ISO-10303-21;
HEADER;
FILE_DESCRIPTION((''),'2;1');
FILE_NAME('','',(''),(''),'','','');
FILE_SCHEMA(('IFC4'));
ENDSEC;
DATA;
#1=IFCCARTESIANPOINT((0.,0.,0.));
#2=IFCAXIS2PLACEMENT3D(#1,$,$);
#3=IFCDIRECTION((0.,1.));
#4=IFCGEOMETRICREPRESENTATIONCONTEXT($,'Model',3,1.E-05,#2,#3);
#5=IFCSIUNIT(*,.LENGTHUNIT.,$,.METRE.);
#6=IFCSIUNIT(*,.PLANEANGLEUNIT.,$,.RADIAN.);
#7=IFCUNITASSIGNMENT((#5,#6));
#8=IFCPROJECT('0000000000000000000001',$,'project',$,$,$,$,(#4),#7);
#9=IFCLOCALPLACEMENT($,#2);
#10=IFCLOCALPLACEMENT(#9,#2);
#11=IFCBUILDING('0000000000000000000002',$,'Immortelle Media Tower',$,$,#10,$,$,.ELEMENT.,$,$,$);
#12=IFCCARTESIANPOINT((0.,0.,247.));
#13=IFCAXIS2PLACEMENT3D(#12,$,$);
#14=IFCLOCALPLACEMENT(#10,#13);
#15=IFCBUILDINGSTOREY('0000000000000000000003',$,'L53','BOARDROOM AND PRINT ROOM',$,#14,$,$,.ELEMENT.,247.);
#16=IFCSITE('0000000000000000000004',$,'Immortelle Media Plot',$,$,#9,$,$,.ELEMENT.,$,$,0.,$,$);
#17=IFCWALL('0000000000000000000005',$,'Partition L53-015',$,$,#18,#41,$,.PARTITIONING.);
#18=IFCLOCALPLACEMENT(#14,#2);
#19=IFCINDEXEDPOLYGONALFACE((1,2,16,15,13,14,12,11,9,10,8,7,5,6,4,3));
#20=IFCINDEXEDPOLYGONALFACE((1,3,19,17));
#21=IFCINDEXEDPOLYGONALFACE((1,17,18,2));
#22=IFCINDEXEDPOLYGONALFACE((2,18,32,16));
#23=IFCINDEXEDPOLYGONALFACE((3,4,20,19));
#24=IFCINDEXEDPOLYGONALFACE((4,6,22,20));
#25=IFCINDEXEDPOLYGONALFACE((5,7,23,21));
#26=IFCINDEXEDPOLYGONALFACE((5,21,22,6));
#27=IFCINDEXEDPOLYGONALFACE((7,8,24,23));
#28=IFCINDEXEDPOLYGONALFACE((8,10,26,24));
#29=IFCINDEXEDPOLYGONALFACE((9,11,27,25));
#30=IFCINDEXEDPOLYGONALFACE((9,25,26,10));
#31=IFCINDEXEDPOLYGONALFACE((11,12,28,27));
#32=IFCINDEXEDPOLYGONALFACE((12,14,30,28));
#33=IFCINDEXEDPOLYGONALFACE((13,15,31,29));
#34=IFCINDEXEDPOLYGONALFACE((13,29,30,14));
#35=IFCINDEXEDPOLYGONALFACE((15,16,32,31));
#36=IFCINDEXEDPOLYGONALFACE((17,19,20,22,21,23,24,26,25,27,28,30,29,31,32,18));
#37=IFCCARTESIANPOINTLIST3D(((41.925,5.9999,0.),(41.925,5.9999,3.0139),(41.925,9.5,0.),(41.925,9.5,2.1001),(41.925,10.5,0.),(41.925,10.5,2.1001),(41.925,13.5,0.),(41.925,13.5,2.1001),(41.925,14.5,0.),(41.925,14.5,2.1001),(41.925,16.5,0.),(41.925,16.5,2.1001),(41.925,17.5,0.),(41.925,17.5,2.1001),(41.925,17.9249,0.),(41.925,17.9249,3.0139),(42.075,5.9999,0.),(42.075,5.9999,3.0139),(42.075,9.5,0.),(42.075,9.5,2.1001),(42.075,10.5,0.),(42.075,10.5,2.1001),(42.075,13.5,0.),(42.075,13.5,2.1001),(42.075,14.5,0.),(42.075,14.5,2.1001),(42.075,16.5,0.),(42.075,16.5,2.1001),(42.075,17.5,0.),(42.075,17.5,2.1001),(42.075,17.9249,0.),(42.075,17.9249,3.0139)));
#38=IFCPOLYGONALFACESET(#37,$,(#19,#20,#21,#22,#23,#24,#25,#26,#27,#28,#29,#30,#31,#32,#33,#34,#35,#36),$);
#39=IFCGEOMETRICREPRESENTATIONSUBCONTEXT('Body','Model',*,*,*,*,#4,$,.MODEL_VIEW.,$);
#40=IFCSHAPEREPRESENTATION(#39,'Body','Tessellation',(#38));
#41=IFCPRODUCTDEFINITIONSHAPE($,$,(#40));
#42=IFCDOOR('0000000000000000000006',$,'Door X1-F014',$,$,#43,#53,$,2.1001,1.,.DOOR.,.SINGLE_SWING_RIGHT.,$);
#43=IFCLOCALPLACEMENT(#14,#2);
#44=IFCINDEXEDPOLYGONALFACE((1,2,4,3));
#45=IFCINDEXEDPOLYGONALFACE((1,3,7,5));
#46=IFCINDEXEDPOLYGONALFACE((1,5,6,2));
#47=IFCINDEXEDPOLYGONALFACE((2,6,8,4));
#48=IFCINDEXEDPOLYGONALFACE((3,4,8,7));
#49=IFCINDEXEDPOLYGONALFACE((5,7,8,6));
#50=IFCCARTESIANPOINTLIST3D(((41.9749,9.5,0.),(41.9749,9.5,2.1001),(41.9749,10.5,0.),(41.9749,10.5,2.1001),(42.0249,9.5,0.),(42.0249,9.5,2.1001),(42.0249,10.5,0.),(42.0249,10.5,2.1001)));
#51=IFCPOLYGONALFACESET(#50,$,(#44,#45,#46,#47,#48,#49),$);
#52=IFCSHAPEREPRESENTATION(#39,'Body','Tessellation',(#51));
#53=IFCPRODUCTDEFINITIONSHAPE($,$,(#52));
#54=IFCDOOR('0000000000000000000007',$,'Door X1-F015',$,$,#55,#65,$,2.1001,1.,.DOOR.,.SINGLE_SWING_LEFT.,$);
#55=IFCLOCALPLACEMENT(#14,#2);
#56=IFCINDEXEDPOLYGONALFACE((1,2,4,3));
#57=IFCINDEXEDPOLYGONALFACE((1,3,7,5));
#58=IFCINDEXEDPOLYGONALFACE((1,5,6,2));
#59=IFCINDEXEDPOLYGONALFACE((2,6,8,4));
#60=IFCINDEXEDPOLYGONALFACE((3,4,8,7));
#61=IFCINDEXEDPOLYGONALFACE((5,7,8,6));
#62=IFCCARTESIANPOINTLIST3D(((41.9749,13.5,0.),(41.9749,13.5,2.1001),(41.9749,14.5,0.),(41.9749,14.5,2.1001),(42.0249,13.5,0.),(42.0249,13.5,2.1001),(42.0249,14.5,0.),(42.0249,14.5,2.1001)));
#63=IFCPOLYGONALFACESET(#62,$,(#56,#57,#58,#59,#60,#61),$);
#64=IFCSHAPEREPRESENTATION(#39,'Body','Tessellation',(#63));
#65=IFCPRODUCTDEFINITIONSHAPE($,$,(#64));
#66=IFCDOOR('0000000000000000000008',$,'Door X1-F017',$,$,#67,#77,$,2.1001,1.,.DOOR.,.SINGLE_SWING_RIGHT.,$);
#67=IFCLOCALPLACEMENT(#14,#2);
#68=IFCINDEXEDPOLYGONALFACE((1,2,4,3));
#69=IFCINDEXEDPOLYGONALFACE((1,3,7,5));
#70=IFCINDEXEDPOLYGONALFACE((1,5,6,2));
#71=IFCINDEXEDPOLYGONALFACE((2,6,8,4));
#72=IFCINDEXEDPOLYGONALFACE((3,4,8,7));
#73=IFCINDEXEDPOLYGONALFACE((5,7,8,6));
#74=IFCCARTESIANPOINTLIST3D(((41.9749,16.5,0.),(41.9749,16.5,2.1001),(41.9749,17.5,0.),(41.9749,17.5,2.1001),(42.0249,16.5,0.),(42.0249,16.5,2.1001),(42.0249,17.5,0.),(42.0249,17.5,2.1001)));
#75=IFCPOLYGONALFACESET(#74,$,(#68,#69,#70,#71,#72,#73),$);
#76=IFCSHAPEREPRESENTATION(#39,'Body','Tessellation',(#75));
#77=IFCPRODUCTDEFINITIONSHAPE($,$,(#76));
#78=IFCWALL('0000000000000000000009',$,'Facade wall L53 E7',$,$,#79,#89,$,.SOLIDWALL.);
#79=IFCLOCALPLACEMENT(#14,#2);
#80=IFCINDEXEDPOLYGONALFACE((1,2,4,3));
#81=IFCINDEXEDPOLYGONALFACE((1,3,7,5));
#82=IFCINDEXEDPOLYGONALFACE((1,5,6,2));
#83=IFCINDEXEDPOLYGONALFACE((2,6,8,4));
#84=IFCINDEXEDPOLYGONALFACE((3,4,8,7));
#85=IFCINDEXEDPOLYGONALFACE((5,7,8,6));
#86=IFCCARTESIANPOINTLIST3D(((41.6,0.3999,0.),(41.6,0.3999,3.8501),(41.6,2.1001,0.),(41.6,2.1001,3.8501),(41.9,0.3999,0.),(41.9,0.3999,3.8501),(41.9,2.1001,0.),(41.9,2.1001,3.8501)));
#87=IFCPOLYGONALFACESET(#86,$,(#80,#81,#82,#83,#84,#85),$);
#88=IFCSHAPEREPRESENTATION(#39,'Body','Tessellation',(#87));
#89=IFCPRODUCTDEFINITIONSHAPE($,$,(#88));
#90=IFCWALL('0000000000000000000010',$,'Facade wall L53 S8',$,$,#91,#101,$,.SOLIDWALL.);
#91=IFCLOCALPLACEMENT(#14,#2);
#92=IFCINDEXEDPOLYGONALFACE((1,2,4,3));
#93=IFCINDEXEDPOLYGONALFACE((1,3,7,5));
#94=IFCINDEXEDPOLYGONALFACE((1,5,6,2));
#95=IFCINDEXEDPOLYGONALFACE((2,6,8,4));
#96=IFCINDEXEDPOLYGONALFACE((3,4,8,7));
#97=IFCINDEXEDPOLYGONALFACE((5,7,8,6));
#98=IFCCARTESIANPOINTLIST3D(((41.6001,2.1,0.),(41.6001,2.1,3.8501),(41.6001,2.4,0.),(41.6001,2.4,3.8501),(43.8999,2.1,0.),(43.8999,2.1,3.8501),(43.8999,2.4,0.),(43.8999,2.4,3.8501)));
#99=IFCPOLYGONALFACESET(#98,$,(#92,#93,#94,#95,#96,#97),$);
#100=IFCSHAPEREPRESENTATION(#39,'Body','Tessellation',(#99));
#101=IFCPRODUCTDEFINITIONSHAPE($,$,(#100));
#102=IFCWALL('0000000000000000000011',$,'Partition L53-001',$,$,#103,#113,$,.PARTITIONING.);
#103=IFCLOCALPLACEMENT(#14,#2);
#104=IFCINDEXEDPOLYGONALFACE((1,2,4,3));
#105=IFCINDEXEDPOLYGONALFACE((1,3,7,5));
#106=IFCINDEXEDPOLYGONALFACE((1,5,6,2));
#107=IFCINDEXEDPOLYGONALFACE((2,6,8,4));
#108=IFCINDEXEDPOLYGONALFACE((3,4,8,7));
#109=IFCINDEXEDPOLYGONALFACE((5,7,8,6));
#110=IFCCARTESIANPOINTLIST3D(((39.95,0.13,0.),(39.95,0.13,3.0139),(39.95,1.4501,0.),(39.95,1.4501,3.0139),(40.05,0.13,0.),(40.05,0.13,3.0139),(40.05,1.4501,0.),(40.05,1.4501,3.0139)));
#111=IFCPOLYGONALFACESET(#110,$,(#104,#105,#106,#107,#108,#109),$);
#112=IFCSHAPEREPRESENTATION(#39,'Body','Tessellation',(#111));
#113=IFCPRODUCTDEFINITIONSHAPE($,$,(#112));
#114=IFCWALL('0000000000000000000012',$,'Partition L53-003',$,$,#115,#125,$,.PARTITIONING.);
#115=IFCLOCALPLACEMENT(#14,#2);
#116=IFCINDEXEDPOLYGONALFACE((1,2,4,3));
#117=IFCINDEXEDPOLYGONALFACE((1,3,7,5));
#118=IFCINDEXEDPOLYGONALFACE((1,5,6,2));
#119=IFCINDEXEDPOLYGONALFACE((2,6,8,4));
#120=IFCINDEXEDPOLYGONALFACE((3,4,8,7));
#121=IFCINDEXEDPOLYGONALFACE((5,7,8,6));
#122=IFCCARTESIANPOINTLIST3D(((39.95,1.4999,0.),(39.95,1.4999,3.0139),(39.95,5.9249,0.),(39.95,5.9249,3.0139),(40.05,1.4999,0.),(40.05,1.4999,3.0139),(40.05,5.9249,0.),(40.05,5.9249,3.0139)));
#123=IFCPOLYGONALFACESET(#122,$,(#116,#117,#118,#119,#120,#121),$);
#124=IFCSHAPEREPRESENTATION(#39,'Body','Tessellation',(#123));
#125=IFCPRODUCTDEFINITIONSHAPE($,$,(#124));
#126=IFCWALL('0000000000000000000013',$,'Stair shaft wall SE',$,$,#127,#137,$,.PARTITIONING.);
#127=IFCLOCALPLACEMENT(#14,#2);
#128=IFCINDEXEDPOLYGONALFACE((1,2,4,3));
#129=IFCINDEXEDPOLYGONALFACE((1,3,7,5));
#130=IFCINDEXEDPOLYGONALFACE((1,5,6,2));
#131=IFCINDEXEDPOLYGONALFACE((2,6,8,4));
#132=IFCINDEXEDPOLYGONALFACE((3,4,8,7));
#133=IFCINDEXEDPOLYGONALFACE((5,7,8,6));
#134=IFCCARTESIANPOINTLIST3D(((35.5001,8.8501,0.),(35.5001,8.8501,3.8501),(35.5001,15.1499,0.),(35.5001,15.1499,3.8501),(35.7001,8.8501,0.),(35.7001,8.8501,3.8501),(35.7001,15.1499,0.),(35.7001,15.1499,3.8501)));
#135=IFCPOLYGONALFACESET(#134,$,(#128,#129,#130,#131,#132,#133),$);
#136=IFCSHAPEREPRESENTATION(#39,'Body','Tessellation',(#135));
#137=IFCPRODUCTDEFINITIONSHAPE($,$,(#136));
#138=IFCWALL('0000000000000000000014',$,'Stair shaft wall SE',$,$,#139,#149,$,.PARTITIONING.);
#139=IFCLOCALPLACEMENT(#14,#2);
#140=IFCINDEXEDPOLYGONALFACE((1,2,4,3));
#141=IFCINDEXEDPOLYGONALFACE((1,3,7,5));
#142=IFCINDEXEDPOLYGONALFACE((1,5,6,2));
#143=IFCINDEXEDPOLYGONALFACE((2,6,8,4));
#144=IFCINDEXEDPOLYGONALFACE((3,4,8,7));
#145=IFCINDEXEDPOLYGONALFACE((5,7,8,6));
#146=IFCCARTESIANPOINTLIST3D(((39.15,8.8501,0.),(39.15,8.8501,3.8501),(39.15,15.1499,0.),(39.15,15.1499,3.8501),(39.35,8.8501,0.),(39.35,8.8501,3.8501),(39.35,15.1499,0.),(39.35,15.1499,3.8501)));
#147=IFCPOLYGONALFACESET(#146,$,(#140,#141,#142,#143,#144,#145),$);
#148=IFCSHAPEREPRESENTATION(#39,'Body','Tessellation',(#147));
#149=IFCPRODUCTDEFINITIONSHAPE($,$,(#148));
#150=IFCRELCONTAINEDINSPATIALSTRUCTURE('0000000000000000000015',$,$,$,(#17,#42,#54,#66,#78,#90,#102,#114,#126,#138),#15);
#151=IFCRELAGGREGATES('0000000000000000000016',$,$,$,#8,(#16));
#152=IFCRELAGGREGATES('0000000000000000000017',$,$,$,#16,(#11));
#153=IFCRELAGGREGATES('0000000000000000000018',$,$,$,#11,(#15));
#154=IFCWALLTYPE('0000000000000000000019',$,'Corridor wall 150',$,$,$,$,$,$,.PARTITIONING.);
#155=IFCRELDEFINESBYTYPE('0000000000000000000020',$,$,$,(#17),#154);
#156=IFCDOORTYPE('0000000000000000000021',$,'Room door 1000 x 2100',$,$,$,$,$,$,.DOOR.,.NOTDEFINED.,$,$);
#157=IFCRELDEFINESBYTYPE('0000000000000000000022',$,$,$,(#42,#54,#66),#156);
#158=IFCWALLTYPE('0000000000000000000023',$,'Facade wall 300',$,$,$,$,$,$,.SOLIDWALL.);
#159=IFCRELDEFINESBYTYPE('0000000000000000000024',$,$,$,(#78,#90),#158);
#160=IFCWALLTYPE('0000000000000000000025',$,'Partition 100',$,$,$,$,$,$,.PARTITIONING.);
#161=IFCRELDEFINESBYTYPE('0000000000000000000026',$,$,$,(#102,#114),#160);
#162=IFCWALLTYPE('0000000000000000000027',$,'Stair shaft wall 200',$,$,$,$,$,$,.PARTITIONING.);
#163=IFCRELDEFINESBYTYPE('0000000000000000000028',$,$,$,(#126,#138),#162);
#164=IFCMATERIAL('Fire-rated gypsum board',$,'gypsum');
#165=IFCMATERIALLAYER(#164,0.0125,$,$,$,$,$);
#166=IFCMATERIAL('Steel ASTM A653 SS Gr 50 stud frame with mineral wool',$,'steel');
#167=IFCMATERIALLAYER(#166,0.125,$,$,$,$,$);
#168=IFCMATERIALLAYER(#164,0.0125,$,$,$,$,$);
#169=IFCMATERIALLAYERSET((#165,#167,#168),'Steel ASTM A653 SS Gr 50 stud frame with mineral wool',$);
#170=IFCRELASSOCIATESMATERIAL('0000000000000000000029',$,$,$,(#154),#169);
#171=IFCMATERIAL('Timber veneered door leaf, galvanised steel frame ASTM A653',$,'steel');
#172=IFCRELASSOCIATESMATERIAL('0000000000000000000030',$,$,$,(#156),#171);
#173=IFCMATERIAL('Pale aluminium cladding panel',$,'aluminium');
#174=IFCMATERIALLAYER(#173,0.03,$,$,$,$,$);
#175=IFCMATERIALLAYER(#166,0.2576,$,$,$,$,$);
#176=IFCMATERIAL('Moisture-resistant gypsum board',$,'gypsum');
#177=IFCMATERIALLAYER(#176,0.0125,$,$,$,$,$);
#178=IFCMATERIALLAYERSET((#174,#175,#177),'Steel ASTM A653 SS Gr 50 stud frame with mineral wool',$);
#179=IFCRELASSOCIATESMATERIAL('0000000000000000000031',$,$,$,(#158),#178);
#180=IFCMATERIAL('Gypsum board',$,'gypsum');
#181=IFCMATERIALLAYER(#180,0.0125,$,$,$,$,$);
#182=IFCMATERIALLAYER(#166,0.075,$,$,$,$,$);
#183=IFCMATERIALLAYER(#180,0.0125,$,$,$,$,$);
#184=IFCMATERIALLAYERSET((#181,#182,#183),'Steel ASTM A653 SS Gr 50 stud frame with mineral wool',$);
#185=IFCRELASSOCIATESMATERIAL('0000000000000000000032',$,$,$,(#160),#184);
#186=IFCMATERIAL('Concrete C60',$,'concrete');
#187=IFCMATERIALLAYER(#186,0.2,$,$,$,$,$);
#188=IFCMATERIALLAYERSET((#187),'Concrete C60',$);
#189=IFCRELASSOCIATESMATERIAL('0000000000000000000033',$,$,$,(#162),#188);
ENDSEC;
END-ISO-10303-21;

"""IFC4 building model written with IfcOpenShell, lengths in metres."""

from ifc_helpers import new_model, si_unit, direction, frame, frame_2d, origin, place, context, subcontext, project, spatial, rectangle, extrude, material, layer, layer_set, type_object, element, fill, save


model = new_model("IFC4")

# Units and contexts
model_context = context("Model", 3, precision=1e-05, world=origin(), true_north=direction((0.0, 1.0)))
body_context = subcontext(model_context, "Body", "Model", "MODEL_VIEW")
ifc_project = project(units=[si_unit("LENGTHUNIT", "METRE"), si_unit("PLANEANGLEUNIT", "RADIAN")], contexts=[model_context])

# Site, building, storey
site_placement = place(None, origin())
site = spatial("IfcSite", under=ifc_project, at=site_placement, Name="Immortelle Media Plot", CompositionType="ELEMENT", RefElevation=0.0)
building_placement = place(site_placement, origin())
building = spatial("IfcBuilding", under=site, at=building_placement, Name="Immortelle Media Tower", CompositionType="ELEMENT")
storey_placement = place(building_placement, frame((0.0, 0.0, 247.0)))
storey = spatial("IfcBuildingStorey", under=building, at=storey_placement, Name="L53", Description="BOARDROOM AND PRINT ROOM", CompositionType="ELEMENT", Elevation=247.0)

# Wall, openings, doors
ifc_material_1 = material(Name="Fire-rated gypsum board", Category="gypsum")
ifc_layer_1 = layer(ifc_material_1, 0.0125)
ifc_material_2 = material(Name="Steel ASTM A653 SS Gr 50 stud frame with mineral wool", Category="steel")
ifc_layer_2 = layer(ifc_material_2, 0.125)
ifc_layer_3 = layer(ifc_material_1, 0.0125)
ifc_layer_set_1 = layer_set([ifc_layer_1, ifc_layer_2, ifc_layer_3], Name="Steel ASTM A653 SS Gr 50 stud frame with mineral wool")
wall_type_1 = type_object("IfcWallType", Name="Corridor wall 150", PredefinedType="PARTITIONING", material=ifc_layer_set_1)
wall_1_placement = place(storey_placement, frame((42.0, 6.0, 0.0), z_axis=(0.0, 0.0, 1.0), x_axis=(0.0, 1.0, 0.0)))
wall_1 = element("IfcWall", 1, at=wall_1_placement, inside=storey, type_object=wall_type_1, Name="Partition L53-015", PredefinedType="PARTITIONING", context=body_context, shape_type="SweptSolid", body=[
    extrude(rectangle(XDim=11.925, YDim=0.1499, at=frame_2d((5.9624, 0.0))), origin(), (0.0, 0.0, 1.0), 3.0139),
])
opening_1_placement = place(wall_1_placement, frame((4.5, 0.0, 0.0), z_axis=(0.0, 0.0, 1.0), x_axis=(-1.0, 0.0, 0.0)))
opening_1 = element("IfcOpeningElement", 2, at=opening_1_placement, cuts=wall_1, PredefinedType="OPENING", context=body_context, shape_type="SweptSolid", body=[
    extrude(rectangle(XDim=1.0, YDim=2.1001, at=frame_2d((0.5, 1.05))), frame((0.0, 0.085, 0.0), z_axis=(0.0, -1.0, 0.0), x_axis=(1.0, 0.0, 0.0)), (0.0, 0.0, 1.0), 0.1699),
])
opening_2_placement = place(wall_1_placement, frame((8.5, 0.0, 0.0), z_axis=(0.0, 0.0, 1.0), x_axis=(-1.0, 0.0, 0.0)))
opening_2 = element("IfcOpeningElement", 3, at=opening_2_placement, cuts=wall_1, PredefinedType="OPENING", context=body_context, shape_type="SweptSolid", body=[
    extrude(rectangle(XDim=1.0, YDim=2.1001, at=frame_2d((0.5, 1.05))), frame((0.0, 0.085, 0.0), z_axis=(0.0, -1.0, 0.0), x_axis=(1.0, 0.0, 0.0)), (0.0, 0.0, 1.0), 0.1699),
])
opening_3_placement = place(wall_1_placement, frame((11.5, 0.0, 0.0), z_axis=(0.0, 0.0, 1.0), x_axis=(-1.0, 0.0, 0.0)))
opening_3 = element("IfcOpeningElement", 4, at=opening_3_placement, cuts=wall_1, PredefinedType="OPENING", context=body_context, shape_type="SweptSolid", body=[
    extrude(rectangle(XDim=1.0, YDim=2.1001, at=frame_2d((0.5, 1.05))), frame((0.0, 0.085, 0.0), z_axis=(0.0, -1.0, 0.0), x_axis=(1.0, 0.0, 0.0)), (0.0, 0.0, 1.0), 0.1699),
])
ifc_material_3 = material(Name="Timber veneered door leaf, galvanised steel frame ASTM A653", Category="steel")
door_type = type_object("IfcDoorType", Name="Room door 1000 x 2100", OperationType="NOTDEFINED", PredefinedType="DOOR", material=ifc_material_3)
door_1_placement = place(opening_1_placement, origin())
door_1 = element("IfcDoor", 5, at=door_1_placement, inside=storey, type_object=door_type, Name="Door X1-F014", OperationType="SINGLE_SWING_RIGHT", OverallHeight=2.1001, OverallWidth=1.0, PredefinedType="DOOR", context=body_context, shape_type="SweptSolid", body=[
    extrude(rectangle(XDim=1.0, YDim=2.1001, at=frame_2d((0.5, 1.05))), frame((0.0, 0.0249, 0.0), z_axis=(0.0, -1.0, 0.0), x_axis=(1.0, 0.0, 0.0)), (0.0, 0.0, 1.0), 0.05),
])
fill(opening_1, door_1)
door_2_placement = place(opening_2_placement, origin())
door_2 = element("IfcDoor", 6, at=door_2_placement, inside=storey, type_object=door_type, Name="Door X1-F015", OperationType="SINGLE_SWING_LEFT", OverallHeight=2.1001, OverallWidth=1.0, PredefinedType="DOOR", context=body_context, shape_type="SweptSolid", body=[
    extrude(rectangle(XDim=1.0, YDim=2.1001, at=frame_2d((0.5, 1.05))), frame((0.0, 0.0249, 0.0), z_axis=(0.0, -1.0, 0.0), x_axis=(1.0, 0.0, 0.0)), (0.0, 0.0, 1.0), 0.05),
])
fill(opening_2, door_2)
door_3_placement = place(opening_3_placement, origin())
door_3 = element("IfcDoor", 7, at=door_3_placement, inside=storey, type_object=door_type, Name="Door X1-F017", OperationType="SINGLE_SWING_RIGHT", OverallHeight=2.1001, OverallWidth=1.0, PredefinedType="DOOR", context=body_context, shape_type="SweptSolid", body=[
    extrude(rectangle(XDim=1.0, YDim=2.1001, at=frame_2d((0.5, 1.05))), frame((0.0, 0.0249, 0.0), z_axis=(0.0, -1.0, 0.0), x_axis=(1.0, 0.0, 0.0)), (0.0, 0.0, 1.0), 0.05),
])
fill(opening_3, door_3)

# Walls
ifc_material_4 = material(Name="Pale aluminium cladding panel", Category="aluminium")
ifc_layer_4 = layer(ifc_material_4, 0.03)
ifc_layer_5 = layer(ifc_material_2, 0.2576)
ifc_material_5 = material(Name="Moisture-resistant gypsum board", Category="gypsum")
ifc_layer_6 = layer(ifc_material_5, 0.0125)
ifc_layer_set_2 = layer_set([ifc_layer_4, ifc_layer_5, ifc_layer_6], Name="Steel ASTM A653 SS Gr 50 stud frame with mineral wool")
wall_type_2 = type_object("IfcWallType", Name="Facade wall 300", PredefinedType="SOLIDWALL", material=ifc_layer_set_2)
wall_2_placement = place(storey_placement, frame((41.75, 0.3999, 0.0), z_axis=(0.0, 0.0, 1.0), x_axis=(0.0, 1.0, 0.0)))
element("IfcWall", 8, at=wall_2_placement, inside=storey, type_object=wall_type_2, Name="Facade wall L53 E7", PredefinedType="SOLIDWALL", context=body_context, shape_type="SweptSolid", body=[
    extrude(rectangle(XDim=1.7002, YDim=0.3, at=frame_2d((0.8501, 0.0))), origin(), (0.0, 0.0, 1.0), 3.8501),
])
wall_3_placement = place(storey_placement, frame((41.6001, 2.25, 0.0), z_axis=(0.0, 0.0, 1.0), x_axis=(1.0, 0.0, 0.0)))
element("IfcWall", 9, at=wall_3_placement, inside=storey, type_object=wall_type_2, Name="Facade wall L53 S8", PredefinedType="SOLIDWALL", context=body_context, shape_type="SweptSolid", body=[
    extrude(rectangle(XDim=2.2998, YDim=0.3, at=frame_2d((1.1499, 0.0))), origin(), (0.0, 0.0, 1.0), 3.8501),
])
ifc_material_6 = material(Name="Gypsum board", Category="gypsum")
ifc_layer_7 = layer(ifc_material_6, 0.0125)
ifc_layer_8 = layer(ifc_material_2, 0.075)
ifc_layer_9 = layer(ifc_material_6, 0.0125)
ifc_layer_set_3 = layer_set([ifc_layer_7, ifc_layer_8, ifc_layer_9], Name="Steel ASTM A653 SS Gr 50 stud frame with mineral wool")
wall_type_3 = type_object("IfcWallType", Name="Partition 100", PredefinedType="PARTITIONING", material=ifc_layer_set_3)
wall_4_placement = place(storey_placement, frame((40.0, 0.1299, 0.0), z_axis=(0.0, 0.0, 1.0), x_axis=(0.0, 1.0, 0.0)))
element("IfcWall", 10, at=wall_4_placement, inside=storey, type_object=wall_type_3, Name="Partition L53-001", PredefinedType="PARTITIONING", context=body_context, shape_type="SweptSolid", body=[
    extrude(rectangle(XDim=1.3201, YDim=0.1001, at=frame_2d((0.6602, 0.0))), origin(), (0.0, 0.0, 1.0), 3.0139),
])
wall_5_placement = place(storey_placement, frame((40.0, 1.5, 0.0), z_axis=(0.0, 0.0, 1.0), x_axis=(0.0, 1.0, 0.0)))
element("IfcWall", 11, at=wall_5_placement, inside=storey, type_object=wall_type_3, Name="Partition L53-003", PredefinedType="PARTITIONING", context=body_context, shape_type="SweptSolid", body=[
    extrude(rectangle(XDim=4.425, YDim=0.1001, at=frame_2d((2.2124, 0.0))), origin(), (0.0, 0.0, 1.0), 3.0139),
])
ifc_material_7 = material(Name="Concrete C60", Category="concrete")
ifc_layer_10 = layer(ifc_material_7, 0.2)
ifc_layer_set_4 = layer_set([ifc_layer_10], Name="Concrete C60")
wall_type_4 = type_object("IfcWallType", Name="Stair shaft wall 200", PredefinedType="PARTITIONING", material=ifc_layer_set_4)
for number, where, z_axis, x_axis, name in (
    (12, (35.6001, 8.8501, 0.0), (0.0, 0.0, 1.0), (0.0, 1.0, 0.0), "Stair shaft wall SE"),
    (13, (39.25, 8.8501, 0.0), (0.0, 0.0, 1.0), (0.0, 1.0, 0.0), "Stair shaft wall SE"),
):
    element("IfcWall", number, at=place(storey_placement, frame(where, z_axis=z_axis, x_axis=x_axis)), inside=storey, type_object=wall_type_4, Name=name, PredefinedType="PARTITIONING", context=body_context, shape_type="SweptSolid", body=[
        extrude(rectangle(XDim=6.2998, YDim=0.2, at=frame_2d((3.1499, 0.0))), origin(), (0.0, 0.0, 1.0), 3.8501),
    ])

save(model, "model.ifc")
